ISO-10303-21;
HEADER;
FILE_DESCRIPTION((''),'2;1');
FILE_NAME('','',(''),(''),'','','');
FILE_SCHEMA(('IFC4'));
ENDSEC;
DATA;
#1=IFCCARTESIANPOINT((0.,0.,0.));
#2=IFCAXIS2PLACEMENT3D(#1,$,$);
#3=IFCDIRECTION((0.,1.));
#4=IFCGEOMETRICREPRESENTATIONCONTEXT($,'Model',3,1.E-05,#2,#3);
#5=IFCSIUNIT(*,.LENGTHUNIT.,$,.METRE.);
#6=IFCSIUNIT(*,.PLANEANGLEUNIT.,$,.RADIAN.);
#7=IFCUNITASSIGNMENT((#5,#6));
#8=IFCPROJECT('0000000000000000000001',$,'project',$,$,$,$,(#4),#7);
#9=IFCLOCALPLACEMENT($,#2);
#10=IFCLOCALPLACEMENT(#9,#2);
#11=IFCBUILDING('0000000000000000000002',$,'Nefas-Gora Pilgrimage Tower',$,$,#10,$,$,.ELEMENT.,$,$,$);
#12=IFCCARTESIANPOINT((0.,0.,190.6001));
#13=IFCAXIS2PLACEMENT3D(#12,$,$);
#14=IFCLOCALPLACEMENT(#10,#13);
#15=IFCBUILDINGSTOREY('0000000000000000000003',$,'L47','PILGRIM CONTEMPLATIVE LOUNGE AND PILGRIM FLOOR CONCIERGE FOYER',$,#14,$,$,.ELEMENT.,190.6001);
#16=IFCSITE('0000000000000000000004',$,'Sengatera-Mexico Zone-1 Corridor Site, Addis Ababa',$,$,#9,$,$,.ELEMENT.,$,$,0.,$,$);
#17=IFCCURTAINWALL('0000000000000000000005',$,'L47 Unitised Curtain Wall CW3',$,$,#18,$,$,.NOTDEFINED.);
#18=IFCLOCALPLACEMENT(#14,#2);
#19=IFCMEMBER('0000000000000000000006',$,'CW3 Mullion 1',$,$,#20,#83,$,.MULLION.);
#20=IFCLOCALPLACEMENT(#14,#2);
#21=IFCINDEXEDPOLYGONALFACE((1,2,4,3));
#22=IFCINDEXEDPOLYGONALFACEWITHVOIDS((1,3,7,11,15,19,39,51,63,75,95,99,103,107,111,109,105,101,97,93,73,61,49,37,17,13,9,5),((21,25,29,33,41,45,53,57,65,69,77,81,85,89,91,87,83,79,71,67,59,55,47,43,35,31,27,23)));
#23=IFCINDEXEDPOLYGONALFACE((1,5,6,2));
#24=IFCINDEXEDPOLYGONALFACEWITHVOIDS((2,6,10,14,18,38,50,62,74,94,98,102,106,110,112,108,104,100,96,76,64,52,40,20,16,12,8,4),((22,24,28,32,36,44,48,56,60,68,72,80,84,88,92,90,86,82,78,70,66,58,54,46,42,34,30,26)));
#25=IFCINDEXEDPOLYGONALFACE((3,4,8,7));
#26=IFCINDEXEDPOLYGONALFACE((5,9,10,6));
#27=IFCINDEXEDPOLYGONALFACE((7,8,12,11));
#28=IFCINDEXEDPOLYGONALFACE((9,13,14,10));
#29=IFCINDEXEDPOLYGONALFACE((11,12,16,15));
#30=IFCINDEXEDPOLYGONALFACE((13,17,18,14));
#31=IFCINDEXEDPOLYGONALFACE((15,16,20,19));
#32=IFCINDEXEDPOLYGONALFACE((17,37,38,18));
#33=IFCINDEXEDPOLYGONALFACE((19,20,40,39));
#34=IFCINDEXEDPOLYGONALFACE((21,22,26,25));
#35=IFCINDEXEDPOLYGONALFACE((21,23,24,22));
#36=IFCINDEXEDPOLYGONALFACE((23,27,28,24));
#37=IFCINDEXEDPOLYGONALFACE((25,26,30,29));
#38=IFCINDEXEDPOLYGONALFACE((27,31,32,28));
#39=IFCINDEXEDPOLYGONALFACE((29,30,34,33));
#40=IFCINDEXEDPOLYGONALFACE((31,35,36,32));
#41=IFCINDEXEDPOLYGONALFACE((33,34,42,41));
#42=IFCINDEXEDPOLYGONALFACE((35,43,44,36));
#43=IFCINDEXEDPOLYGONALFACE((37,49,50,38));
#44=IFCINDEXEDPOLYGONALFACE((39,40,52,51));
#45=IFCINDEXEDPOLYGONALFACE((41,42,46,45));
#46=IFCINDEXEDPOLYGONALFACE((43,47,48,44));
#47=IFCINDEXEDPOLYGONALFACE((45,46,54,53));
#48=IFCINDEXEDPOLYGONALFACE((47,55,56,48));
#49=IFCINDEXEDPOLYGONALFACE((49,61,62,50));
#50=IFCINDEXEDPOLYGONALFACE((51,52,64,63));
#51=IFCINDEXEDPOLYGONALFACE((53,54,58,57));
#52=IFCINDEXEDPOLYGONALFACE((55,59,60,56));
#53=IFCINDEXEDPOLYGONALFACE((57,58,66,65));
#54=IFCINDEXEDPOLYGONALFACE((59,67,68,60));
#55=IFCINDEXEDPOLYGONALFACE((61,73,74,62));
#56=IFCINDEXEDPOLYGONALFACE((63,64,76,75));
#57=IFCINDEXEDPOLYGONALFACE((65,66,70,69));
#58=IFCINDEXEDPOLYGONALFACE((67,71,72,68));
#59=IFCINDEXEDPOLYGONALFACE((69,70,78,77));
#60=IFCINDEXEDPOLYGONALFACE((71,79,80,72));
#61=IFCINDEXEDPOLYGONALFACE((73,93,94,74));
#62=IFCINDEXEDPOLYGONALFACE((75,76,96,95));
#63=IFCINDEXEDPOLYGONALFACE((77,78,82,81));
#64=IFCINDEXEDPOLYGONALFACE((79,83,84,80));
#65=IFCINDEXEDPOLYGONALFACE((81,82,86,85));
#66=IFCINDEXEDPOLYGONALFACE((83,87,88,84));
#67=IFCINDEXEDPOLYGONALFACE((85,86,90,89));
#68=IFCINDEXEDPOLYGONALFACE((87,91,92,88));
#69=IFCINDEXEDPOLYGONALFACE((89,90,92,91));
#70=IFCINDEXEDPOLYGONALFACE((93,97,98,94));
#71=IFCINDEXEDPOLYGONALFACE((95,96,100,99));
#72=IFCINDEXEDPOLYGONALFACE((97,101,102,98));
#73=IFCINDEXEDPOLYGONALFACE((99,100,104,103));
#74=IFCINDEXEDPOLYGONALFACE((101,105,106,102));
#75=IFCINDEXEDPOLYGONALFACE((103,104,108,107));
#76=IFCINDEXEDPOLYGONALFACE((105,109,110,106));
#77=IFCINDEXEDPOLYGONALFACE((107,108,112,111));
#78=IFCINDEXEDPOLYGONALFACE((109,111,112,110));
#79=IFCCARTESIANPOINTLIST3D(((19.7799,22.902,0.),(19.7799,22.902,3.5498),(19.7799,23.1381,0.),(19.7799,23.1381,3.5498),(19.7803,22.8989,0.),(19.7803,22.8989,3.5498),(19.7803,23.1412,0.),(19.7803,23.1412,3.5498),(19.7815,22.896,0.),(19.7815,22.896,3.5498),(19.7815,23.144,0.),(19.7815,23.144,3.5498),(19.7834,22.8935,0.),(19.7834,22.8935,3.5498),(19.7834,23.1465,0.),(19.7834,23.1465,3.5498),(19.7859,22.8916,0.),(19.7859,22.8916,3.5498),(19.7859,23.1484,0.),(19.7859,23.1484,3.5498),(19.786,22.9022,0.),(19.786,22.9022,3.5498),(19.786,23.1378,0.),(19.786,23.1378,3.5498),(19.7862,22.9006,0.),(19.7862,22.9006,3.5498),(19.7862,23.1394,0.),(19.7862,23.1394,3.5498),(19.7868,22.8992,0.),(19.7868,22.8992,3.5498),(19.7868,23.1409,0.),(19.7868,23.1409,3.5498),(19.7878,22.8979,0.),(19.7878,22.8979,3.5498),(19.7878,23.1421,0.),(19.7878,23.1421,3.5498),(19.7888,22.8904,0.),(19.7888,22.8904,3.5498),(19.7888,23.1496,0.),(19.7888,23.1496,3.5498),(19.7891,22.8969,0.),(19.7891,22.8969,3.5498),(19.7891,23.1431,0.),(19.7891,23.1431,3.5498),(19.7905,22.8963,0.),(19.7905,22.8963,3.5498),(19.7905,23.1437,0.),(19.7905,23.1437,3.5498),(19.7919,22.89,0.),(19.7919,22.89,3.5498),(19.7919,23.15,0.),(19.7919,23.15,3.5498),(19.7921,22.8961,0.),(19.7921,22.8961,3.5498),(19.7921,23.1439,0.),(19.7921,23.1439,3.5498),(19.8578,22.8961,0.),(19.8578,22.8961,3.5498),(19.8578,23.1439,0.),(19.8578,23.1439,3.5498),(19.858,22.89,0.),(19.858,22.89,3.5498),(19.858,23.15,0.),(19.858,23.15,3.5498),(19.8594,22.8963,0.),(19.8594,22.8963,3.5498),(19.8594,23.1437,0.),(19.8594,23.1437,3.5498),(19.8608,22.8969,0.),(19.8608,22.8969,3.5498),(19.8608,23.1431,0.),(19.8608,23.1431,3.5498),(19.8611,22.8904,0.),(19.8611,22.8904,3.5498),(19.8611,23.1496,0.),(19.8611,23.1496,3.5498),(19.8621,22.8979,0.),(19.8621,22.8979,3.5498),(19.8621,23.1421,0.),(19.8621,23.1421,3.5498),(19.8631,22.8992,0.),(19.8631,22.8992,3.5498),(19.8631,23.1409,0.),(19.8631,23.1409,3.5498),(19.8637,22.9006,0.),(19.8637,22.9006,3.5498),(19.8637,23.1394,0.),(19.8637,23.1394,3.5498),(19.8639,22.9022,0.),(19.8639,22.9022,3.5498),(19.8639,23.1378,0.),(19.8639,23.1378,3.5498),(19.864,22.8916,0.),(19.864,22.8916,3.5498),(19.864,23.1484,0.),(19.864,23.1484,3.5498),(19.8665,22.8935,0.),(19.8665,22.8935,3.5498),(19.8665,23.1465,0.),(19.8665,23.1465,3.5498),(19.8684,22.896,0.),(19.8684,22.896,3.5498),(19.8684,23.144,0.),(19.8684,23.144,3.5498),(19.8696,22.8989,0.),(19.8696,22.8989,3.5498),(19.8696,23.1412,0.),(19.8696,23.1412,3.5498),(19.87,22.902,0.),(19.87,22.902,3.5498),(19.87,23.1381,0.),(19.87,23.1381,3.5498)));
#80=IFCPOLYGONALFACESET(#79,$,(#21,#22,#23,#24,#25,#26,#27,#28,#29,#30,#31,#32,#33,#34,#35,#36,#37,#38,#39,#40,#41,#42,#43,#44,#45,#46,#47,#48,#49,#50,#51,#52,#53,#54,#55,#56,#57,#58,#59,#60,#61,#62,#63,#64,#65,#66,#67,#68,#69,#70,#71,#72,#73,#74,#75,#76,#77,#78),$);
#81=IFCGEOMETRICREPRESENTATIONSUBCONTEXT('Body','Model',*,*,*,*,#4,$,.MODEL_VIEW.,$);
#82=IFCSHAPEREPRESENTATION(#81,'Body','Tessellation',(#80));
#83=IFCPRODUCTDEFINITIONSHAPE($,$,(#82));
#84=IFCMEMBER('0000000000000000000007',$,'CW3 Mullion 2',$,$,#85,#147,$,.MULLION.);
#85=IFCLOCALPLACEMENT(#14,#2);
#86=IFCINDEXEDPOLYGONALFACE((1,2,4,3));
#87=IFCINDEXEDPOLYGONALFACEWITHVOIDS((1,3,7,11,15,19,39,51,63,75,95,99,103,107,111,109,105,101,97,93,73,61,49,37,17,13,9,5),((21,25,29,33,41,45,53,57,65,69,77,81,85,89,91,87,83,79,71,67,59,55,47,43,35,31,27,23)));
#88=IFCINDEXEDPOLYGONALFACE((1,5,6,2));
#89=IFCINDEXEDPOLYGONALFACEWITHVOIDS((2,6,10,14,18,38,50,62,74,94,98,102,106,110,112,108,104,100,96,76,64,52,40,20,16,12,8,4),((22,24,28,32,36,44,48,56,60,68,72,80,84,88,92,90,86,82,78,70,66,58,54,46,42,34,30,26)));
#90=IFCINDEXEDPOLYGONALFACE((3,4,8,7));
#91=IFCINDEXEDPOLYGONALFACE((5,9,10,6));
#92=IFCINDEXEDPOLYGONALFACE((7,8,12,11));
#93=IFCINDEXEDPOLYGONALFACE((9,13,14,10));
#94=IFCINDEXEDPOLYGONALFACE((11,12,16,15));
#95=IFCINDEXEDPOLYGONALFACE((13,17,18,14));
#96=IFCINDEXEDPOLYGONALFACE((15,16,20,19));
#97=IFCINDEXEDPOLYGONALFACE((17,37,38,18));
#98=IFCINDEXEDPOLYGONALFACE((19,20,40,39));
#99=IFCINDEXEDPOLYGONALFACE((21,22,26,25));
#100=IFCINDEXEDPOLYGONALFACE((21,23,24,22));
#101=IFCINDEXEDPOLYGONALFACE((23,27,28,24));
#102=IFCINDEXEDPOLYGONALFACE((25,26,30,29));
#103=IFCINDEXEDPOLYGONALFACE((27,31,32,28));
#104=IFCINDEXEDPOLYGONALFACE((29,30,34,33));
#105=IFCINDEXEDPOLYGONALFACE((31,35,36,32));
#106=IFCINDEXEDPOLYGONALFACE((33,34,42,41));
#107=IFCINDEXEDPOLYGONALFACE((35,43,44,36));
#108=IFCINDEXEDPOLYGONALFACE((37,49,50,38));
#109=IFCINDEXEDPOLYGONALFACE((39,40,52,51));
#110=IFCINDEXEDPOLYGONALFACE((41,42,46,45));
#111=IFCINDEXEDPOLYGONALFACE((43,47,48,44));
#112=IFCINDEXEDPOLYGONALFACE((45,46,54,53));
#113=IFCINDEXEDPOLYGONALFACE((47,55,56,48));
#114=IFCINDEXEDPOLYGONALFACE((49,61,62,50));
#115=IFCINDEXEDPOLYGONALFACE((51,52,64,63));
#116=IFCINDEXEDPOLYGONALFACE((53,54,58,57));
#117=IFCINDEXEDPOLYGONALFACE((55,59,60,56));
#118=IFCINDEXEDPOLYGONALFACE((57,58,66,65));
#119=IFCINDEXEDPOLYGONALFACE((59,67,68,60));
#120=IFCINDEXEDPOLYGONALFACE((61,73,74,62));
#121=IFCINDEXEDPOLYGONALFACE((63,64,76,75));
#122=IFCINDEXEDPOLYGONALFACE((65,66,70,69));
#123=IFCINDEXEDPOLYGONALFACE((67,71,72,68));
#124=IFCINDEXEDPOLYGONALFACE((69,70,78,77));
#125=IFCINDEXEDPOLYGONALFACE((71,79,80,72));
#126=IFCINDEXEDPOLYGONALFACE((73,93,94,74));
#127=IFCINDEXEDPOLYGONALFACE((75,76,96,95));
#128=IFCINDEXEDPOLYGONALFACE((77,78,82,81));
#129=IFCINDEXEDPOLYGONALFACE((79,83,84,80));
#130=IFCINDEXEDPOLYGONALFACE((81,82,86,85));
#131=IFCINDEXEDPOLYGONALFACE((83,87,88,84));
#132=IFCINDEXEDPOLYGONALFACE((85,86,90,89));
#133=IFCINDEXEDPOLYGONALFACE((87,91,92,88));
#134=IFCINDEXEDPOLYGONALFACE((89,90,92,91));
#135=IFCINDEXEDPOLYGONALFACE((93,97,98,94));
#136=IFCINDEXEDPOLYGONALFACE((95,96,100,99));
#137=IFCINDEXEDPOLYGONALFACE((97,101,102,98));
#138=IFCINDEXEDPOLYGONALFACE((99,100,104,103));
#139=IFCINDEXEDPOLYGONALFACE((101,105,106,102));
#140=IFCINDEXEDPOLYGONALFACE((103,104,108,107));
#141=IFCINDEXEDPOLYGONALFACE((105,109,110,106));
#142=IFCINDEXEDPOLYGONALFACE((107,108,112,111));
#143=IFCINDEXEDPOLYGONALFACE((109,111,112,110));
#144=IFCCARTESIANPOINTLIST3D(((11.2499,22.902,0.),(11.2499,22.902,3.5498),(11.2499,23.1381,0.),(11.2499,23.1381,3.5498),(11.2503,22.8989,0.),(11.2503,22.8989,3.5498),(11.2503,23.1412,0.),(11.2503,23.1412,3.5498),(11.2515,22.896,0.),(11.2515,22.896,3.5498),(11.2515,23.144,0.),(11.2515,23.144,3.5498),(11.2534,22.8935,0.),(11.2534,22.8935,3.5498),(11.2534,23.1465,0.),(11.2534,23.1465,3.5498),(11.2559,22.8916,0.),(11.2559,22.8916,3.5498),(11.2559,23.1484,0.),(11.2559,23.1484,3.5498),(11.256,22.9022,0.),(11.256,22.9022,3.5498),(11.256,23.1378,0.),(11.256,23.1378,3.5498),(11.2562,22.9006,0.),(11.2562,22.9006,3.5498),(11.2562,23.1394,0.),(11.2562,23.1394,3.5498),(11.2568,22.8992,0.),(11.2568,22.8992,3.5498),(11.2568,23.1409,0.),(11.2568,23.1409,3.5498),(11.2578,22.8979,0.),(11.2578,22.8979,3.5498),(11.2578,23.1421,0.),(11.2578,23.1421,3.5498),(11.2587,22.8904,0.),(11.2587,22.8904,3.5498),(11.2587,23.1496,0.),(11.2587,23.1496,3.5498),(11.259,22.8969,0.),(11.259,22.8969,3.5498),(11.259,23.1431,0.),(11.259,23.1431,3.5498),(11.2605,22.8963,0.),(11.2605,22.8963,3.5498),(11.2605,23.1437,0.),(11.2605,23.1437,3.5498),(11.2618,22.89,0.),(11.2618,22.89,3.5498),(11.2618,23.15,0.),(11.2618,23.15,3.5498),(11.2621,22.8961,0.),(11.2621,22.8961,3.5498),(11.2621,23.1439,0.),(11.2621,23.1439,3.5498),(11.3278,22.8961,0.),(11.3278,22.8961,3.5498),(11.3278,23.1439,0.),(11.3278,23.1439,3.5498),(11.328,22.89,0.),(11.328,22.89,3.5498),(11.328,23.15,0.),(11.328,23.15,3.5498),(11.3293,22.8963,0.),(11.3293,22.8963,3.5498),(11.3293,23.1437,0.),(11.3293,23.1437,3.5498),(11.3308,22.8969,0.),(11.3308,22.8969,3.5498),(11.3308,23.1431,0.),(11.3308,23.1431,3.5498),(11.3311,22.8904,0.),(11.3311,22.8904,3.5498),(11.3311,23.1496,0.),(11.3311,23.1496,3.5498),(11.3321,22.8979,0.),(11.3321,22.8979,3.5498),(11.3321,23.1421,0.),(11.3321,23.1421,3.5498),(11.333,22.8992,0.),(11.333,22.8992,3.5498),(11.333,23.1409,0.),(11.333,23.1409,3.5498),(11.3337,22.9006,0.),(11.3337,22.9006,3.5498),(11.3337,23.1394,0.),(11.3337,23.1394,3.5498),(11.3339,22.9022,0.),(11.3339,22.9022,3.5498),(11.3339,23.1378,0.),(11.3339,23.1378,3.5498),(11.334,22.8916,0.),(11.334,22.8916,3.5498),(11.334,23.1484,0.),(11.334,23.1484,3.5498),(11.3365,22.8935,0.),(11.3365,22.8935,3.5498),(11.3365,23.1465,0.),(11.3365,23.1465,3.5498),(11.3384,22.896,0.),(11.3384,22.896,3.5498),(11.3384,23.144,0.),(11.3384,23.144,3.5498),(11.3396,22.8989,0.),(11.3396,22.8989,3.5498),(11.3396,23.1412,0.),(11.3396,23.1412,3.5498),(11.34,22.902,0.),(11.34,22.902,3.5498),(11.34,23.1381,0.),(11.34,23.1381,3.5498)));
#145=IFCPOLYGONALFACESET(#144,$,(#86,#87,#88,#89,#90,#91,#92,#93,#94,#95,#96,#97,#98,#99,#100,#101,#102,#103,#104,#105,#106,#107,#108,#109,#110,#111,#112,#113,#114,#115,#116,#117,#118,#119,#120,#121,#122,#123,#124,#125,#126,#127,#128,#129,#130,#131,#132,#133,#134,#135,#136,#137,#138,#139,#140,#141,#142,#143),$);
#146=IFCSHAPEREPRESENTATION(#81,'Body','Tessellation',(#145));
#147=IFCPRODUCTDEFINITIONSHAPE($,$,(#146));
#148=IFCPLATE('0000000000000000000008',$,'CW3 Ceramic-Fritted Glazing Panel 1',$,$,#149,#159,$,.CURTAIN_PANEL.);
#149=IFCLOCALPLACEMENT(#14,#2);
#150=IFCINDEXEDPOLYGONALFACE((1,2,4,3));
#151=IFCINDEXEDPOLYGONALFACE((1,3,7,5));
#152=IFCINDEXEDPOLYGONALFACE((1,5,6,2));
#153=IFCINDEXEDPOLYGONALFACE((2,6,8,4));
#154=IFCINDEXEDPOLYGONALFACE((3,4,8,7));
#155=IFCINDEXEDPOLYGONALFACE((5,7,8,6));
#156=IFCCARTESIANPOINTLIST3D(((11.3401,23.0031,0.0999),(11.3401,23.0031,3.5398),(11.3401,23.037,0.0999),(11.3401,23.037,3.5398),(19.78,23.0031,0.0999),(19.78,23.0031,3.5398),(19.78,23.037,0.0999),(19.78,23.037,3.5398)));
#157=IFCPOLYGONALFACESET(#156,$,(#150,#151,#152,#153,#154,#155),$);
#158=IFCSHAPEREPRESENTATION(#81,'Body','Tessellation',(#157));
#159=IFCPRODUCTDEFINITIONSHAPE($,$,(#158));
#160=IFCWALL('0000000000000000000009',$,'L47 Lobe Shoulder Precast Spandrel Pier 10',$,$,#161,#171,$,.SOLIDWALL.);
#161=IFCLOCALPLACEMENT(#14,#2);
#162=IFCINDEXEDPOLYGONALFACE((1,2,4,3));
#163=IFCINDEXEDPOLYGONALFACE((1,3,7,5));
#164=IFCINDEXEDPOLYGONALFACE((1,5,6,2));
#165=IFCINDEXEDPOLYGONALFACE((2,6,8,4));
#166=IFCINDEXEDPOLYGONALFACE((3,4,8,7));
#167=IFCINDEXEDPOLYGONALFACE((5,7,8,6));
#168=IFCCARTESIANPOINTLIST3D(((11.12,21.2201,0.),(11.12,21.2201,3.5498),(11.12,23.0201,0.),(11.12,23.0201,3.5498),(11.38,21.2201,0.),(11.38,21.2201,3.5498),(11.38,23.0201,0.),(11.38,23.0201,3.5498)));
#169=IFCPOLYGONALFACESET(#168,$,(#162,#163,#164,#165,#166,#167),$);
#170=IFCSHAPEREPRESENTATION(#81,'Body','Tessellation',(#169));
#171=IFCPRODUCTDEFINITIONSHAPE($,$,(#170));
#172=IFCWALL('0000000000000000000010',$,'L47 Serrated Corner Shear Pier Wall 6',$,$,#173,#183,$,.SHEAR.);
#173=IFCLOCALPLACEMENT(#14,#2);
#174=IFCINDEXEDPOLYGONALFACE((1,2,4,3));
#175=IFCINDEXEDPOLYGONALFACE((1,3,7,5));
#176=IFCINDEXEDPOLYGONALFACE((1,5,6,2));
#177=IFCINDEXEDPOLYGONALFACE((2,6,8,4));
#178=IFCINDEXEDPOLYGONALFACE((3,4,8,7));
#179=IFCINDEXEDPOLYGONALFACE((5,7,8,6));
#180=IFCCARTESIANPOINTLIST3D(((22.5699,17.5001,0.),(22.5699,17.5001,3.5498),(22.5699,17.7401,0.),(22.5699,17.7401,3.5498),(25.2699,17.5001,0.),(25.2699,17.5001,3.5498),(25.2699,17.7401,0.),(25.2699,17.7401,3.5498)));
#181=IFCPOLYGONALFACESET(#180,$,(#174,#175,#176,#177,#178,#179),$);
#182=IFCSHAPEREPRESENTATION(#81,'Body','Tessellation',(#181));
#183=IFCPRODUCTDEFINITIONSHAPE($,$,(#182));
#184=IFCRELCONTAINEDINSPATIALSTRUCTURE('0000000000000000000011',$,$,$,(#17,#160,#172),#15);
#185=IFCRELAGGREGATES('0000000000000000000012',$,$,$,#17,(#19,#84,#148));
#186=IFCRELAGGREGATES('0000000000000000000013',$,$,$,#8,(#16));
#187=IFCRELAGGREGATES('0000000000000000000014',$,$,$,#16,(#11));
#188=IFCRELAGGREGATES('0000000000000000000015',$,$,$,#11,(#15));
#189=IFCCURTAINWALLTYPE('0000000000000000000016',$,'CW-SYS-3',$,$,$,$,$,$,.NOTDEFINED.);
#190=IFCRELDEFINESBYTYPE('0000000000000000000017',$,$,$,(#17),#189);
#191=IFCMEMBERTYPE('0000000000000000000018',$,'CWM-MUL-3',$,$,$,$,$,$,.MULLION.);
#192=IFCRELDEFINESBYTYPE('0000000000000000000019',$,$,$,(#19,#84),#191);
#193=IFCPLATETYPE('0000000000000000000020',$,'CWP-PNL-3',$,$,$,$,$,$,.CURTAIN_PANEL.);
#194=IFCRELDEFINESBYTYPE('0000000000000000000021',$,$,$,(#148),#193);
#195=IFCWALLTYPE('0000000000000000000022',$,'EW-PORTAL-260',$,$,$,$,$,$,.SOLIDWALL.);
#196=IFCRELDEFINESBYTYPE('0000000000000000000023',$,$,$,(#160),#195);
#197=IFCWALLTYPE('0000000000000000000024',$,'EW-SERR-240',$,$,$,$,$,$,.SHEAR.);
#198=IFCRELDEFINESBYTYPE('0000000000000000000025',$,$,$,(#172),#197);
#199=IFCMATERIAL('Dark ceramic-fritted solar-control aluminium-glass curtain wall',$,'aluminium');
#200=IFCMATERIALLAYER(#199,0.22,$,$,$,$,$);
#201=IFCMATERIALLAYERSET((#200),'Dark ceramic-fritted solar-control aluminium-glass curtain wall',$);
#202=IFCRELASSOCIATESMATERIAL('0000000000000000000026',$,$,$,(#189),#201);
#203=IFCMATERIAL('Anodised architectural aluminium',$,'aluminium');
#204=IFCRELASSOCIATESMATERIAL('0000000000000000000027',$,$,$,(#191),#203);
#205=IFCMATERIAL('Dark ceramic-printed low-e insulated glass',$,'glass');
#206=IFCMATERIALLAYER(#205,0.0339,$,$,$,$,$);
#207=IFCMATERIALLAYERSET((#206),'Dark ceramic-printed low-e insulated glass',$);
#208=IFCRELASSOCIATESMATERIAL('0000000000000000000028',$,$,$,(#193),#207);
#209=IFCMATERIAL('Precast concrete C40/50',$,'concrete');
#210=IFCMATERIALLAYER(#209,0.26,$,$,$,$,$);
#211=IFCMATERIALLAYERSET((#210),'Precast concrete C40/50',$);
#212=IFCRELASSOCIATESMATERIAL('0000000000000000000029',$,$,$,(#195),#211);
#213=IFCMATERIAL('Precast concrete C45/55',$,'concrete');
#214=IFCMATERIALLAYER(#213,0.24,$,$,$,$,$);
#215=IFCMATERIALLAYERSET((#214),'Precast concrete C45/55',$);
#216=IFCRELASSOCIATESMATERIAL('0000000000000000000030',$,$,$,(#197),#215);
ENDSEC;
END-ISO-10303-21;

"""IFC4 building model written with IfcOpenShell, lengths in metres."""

from ifc_helpers import new_model, si_unit, direction, frame, frame_2d, origin, origin_2d, place, context, subcontext, project, spatial, rectangle, hollow_rectangle, extrude, source, transform, mapped, material, layer, layer_set, material_profile, profile_set, type_object, element, aggregate, save


model = new_model("IFC4")

# Units and contexts
model_context = context("Model", 3, precision=1e-05, world=origin(), true_north=direction((0.0, 1.0)))
body_context = subcontext(model_context, "Body", "Model", "MODEL_VIEW")
ifc_project = project(units=[si_unit("LENGTHUNIT", "METRE"), si_unit("PLANEANGLEUNIT", "RADIAN")], contexts=[model_context])

# Site, building, storey
site_placement = place(None, origin())
site = spatial("IfcSite", under=ifc_project, at=site_placement, Name="Sengatera-Mexico Zone-1 Corridor Site, Addis Ababa", CompositionType="ELEMENT", RefElevation=0.0)
building_placement = place(site_placement, origin())
building = spatial("IfcBuilding", under=site, at=building_placement, Name="Nefas-Gora Pilgrimage Tower", CompositionType="ELEMENT")
storey_placement = place(building_placement, frame((0.0, 0.0, 190.6001)))
storey = spatial("IfcBuildingStorey", under=building, at=storey_placement, Name="L47", Description="PILGRIM CONTEMPLATIVE LOUNGE AND PILGRIM FLOOR CONCIERGE FOYER", CompositionType="ELEMENT", Elevation=190.6001)

# Curtain wall
ifc_material_1 = material(Name="Dark ceramic-fritted solar-control aluminium-glass curtain wall", Category="aluminium")
ifc_layer_1 = layer(ifc_material_1, 0.22)
ifc_layer_set_1 = layer_set([ifc_layer_1], Name="Dark ceramic-fritted solar-control aluminium-glass curtain wall")
curtain_wall_type = type_object("IfcCurtainWallType", Name="CW-SYS-3", PredefinedType="NOTDEFINED", material=ifc_layer_set_1)
curtain_wall_1_placement = place(storey_placement, origin())
curtain_wall_1 = element("IfcCurtainWall", 1, at=curtain_wall_1_placement, inside=storey, type_object=curtain_wall_type, Name="L47 Unitised Curtain Wall CW3", PredefinedType="NOTDEFINED")
ifc_material_2 = material(Name="Anodised architectural aluminium", Category="aluminium")
ifc_material_profile_1 = material_profile(ifc_material_2, hollow_rectangle(XDim=0.0901, YDim=0.26, WallThickness=0.0061, InnerFilletRadius=0.0061, OuterFilletRadius=0.012, at=origin_2d()), Name="ALU MULLION 90x260")
ifc_profile_set_1 = profile_set([ifc_material_profile_1], Name="Anodised architectural aluminium")
member_type_1 = type_object("IfcMemberType", Name="CWM-MUL-3", PredefinedType="MULLION", material=ifc_profile_set_1)
shared_shape_1 = source(origin(), body_context, "Body", "SweptSolid", [
    extrude(hollow_rectangle(XDim=0.0901, YDim=0.26, WallThickness=0.0061, InnerFilletRadius=0.0061, OuterFilletRadius=0.012, at=origin_2d()), origin(), (0.0, 0.0, 1.0), 3.5498),
])

# Members
member_1_placement = place(storey_placement, frame((19.825, 23.02, 0.0), z_axis=(0.0, 0.0, 1.0), x_axis=(-1.0, 0.0, 0.0)))
member_1 = element("IfcMember", 2, at=member_1_placement, type_object=member_type_1, Name="CW3 Mullion 1", PredefinedType="MULLION", context=body_context, shape_type="MappedRepresentation", body=[
    mapped(shared_shape_1, transform((0.0, 0.0, 0.0), x_axis=(1.0, 0.0, 0.0), y_axis=(0.0, 1.0, 0.0), z_axis=(0.0, 0.0, 1.0), scale=1.0)),
])
member_2_placement = place(storey_placement, frame((11.2949, 23.02, 0.0), z_axis=(0.0, 0.0, 1.0), x_axis=(-1.0, 0.0, 0.0)))
member_2 = element("IfcMember", 3, at=member_2_placement, type_object=member_type_1, Name="CW3 Mullion 2", PredefinedType="MULLION", context=body_context, shape_type="MappedRepresentation", body=[
    mapped(shared_shape_1, transform((0.0, 0.0, 0.0), x_axis=(1.0, 0.0, 0.0), y_axis=(0.0, 1.0, 0.0), z_axis=(0.0, 0.0, 1.0), scale=1.0)),
])

# Plate
ifc_material_3 = material(Name="Dark ceramic-printed low-e insulated glass", Category="glass")
ifc_layer_2 = layer(ifc_material_3, 0.0339)
ifc_layer_set_2 = layer_set([ifc_layer_2], Name="Dark ceramic-printed low-e insulated glass")
plate_type = type_object("IfcPlateType", Name="CWP-PNL-3", PredefinedType="CURTAIN_PANEL", material=ifc_layer_set_2)
shared_shape_2 = source(origin(), body_context, "Body", "SweptSolid", [
    extrude(rectangle(XDim=8.4399, YDim=0.0339, at=origin_2d()), origin(), (0.0, 0.0, 1.0), 3.4399),
])
plate_placement = place(storey_placement, frame((15.5601, 23.02, 0.0999), z_axis=(0.0, 0.0, 1.0), x_axis=(-1.0, 0.0, 0.0)))
plate = element("IfcPlate", 4, at=plate_placement, type_object=plate_type, Name="CW3 Ceramic-Fritted Glazing Panel 1", PredefinedType="CURTAIN_PANEL", context=body_context, shape_type="MappedRepresentation", body=[
    mapped(shared_shape_2, transform((0.0, 0.0, 0.0), x_axis=(1.0, 0.0, 0.0), y_axis=(0.0, 1.0, 0.0), z_axis=(0.0, 0.0, 1.0), scale=1.0)),
])
aggregate(curtain_wall_1, [member_1, member_2, plate])

# Walls
ifc_material_4 = material(Name="Precast concrete C40/50", Category="concrete")
ifc_layer_3 = layer(ifc_material_4, 0.26)
ifc_layer_set_3 = layer_set([ifc_layer_3], Name="Precast concrete C40/50")
wall_type_1 = type_object("IfcWallType", Name="EW-PORTAL-260", PredefinedType="SOLIDWALL", material=ifc_layer_set_3)
shared_shape_3 = source(origin(), body_context, "Body", "SweptSolid", [
    extrude(rectangle(XDim=1.8, YDim=0.26, at=frame_2d((0.8999, 0.0))), origin(), (0.0, 0.0, 1.0), 3.5498),
])
wall_1_placement = place(storey_placement, frame((11.25, 23.02, 0.0), z_axis=(0.0, 0.0, 1.0), x_axis=(0.0, -1.0, 0.0)))
element("IfcWall", 5, at=wall_1_placement, inside=storey, type_object=wall_type_1, Name="L47 Lobe Shoulder Precast Spandrel Pier 10", PredefinedType="SOLIDWALL", context=body_context, shape_type="MappedRepresentation", body=[
    mapped(shared_shape_3, transform((0.0, 0.0, 0.0), x_axis=(1.0, 0.0, 0.0), y_axis=(0.0, 1.0, 0.0), z_axis=(0.0, 0.0, 1.0), scale=1.0)),
])
ifc_material_5 = material(Name="Precast concrete C45/55", Category="concrete")
ifc_layer_4 = layer(ifc_material_5, 0.24)
ifc_layer_set_4 = layer_set([ifc_layer_4], Name="Precast concrete C45/55")
wall_type_2 = type_object("IfcWallType", Name="EW-SERR-240", PredefinedType="SHEAR", material=ifc_layer_set_4)
shared_shape_4 = source(origin(), body_context, "Body", "SweptSolid", [
    extrude(rectangle(XDim=2.7, YDim=0.24, at=frame_2d((1.3501, 0.0))), origin(), (0.0, 0.0, 1.0), 3.5498),
])
for number, where, z_axis, x_axis, name in (
    (6, (25.27, 17.6201, 0.0), (0.0, 0.0, 1.0), (-1.0, 0.0, 0.0), "L47 Serrated Corner Shear Pier Wall 6"),
):
    element("IfcWall", number, at=place(storey_placement, frame(where, z_axis=z_axis, x_axis=x_axis)), inside=storey, type_object=wall_type_2, Name=name, PredefinedType="SHEAR", context=body_context, shape_type="MappedRepresentation", body=[
        mapped(shared_shape_4, transform((0.0, 0.0, 0.0), x_axis=(1.0, 0.0, 0.0), y_axis=(0.0, 1.0, 0.0), z_axis=(0.0, 0.0, 1.0), scale=1.0)),
    ])

save(model, "model.ifc")
